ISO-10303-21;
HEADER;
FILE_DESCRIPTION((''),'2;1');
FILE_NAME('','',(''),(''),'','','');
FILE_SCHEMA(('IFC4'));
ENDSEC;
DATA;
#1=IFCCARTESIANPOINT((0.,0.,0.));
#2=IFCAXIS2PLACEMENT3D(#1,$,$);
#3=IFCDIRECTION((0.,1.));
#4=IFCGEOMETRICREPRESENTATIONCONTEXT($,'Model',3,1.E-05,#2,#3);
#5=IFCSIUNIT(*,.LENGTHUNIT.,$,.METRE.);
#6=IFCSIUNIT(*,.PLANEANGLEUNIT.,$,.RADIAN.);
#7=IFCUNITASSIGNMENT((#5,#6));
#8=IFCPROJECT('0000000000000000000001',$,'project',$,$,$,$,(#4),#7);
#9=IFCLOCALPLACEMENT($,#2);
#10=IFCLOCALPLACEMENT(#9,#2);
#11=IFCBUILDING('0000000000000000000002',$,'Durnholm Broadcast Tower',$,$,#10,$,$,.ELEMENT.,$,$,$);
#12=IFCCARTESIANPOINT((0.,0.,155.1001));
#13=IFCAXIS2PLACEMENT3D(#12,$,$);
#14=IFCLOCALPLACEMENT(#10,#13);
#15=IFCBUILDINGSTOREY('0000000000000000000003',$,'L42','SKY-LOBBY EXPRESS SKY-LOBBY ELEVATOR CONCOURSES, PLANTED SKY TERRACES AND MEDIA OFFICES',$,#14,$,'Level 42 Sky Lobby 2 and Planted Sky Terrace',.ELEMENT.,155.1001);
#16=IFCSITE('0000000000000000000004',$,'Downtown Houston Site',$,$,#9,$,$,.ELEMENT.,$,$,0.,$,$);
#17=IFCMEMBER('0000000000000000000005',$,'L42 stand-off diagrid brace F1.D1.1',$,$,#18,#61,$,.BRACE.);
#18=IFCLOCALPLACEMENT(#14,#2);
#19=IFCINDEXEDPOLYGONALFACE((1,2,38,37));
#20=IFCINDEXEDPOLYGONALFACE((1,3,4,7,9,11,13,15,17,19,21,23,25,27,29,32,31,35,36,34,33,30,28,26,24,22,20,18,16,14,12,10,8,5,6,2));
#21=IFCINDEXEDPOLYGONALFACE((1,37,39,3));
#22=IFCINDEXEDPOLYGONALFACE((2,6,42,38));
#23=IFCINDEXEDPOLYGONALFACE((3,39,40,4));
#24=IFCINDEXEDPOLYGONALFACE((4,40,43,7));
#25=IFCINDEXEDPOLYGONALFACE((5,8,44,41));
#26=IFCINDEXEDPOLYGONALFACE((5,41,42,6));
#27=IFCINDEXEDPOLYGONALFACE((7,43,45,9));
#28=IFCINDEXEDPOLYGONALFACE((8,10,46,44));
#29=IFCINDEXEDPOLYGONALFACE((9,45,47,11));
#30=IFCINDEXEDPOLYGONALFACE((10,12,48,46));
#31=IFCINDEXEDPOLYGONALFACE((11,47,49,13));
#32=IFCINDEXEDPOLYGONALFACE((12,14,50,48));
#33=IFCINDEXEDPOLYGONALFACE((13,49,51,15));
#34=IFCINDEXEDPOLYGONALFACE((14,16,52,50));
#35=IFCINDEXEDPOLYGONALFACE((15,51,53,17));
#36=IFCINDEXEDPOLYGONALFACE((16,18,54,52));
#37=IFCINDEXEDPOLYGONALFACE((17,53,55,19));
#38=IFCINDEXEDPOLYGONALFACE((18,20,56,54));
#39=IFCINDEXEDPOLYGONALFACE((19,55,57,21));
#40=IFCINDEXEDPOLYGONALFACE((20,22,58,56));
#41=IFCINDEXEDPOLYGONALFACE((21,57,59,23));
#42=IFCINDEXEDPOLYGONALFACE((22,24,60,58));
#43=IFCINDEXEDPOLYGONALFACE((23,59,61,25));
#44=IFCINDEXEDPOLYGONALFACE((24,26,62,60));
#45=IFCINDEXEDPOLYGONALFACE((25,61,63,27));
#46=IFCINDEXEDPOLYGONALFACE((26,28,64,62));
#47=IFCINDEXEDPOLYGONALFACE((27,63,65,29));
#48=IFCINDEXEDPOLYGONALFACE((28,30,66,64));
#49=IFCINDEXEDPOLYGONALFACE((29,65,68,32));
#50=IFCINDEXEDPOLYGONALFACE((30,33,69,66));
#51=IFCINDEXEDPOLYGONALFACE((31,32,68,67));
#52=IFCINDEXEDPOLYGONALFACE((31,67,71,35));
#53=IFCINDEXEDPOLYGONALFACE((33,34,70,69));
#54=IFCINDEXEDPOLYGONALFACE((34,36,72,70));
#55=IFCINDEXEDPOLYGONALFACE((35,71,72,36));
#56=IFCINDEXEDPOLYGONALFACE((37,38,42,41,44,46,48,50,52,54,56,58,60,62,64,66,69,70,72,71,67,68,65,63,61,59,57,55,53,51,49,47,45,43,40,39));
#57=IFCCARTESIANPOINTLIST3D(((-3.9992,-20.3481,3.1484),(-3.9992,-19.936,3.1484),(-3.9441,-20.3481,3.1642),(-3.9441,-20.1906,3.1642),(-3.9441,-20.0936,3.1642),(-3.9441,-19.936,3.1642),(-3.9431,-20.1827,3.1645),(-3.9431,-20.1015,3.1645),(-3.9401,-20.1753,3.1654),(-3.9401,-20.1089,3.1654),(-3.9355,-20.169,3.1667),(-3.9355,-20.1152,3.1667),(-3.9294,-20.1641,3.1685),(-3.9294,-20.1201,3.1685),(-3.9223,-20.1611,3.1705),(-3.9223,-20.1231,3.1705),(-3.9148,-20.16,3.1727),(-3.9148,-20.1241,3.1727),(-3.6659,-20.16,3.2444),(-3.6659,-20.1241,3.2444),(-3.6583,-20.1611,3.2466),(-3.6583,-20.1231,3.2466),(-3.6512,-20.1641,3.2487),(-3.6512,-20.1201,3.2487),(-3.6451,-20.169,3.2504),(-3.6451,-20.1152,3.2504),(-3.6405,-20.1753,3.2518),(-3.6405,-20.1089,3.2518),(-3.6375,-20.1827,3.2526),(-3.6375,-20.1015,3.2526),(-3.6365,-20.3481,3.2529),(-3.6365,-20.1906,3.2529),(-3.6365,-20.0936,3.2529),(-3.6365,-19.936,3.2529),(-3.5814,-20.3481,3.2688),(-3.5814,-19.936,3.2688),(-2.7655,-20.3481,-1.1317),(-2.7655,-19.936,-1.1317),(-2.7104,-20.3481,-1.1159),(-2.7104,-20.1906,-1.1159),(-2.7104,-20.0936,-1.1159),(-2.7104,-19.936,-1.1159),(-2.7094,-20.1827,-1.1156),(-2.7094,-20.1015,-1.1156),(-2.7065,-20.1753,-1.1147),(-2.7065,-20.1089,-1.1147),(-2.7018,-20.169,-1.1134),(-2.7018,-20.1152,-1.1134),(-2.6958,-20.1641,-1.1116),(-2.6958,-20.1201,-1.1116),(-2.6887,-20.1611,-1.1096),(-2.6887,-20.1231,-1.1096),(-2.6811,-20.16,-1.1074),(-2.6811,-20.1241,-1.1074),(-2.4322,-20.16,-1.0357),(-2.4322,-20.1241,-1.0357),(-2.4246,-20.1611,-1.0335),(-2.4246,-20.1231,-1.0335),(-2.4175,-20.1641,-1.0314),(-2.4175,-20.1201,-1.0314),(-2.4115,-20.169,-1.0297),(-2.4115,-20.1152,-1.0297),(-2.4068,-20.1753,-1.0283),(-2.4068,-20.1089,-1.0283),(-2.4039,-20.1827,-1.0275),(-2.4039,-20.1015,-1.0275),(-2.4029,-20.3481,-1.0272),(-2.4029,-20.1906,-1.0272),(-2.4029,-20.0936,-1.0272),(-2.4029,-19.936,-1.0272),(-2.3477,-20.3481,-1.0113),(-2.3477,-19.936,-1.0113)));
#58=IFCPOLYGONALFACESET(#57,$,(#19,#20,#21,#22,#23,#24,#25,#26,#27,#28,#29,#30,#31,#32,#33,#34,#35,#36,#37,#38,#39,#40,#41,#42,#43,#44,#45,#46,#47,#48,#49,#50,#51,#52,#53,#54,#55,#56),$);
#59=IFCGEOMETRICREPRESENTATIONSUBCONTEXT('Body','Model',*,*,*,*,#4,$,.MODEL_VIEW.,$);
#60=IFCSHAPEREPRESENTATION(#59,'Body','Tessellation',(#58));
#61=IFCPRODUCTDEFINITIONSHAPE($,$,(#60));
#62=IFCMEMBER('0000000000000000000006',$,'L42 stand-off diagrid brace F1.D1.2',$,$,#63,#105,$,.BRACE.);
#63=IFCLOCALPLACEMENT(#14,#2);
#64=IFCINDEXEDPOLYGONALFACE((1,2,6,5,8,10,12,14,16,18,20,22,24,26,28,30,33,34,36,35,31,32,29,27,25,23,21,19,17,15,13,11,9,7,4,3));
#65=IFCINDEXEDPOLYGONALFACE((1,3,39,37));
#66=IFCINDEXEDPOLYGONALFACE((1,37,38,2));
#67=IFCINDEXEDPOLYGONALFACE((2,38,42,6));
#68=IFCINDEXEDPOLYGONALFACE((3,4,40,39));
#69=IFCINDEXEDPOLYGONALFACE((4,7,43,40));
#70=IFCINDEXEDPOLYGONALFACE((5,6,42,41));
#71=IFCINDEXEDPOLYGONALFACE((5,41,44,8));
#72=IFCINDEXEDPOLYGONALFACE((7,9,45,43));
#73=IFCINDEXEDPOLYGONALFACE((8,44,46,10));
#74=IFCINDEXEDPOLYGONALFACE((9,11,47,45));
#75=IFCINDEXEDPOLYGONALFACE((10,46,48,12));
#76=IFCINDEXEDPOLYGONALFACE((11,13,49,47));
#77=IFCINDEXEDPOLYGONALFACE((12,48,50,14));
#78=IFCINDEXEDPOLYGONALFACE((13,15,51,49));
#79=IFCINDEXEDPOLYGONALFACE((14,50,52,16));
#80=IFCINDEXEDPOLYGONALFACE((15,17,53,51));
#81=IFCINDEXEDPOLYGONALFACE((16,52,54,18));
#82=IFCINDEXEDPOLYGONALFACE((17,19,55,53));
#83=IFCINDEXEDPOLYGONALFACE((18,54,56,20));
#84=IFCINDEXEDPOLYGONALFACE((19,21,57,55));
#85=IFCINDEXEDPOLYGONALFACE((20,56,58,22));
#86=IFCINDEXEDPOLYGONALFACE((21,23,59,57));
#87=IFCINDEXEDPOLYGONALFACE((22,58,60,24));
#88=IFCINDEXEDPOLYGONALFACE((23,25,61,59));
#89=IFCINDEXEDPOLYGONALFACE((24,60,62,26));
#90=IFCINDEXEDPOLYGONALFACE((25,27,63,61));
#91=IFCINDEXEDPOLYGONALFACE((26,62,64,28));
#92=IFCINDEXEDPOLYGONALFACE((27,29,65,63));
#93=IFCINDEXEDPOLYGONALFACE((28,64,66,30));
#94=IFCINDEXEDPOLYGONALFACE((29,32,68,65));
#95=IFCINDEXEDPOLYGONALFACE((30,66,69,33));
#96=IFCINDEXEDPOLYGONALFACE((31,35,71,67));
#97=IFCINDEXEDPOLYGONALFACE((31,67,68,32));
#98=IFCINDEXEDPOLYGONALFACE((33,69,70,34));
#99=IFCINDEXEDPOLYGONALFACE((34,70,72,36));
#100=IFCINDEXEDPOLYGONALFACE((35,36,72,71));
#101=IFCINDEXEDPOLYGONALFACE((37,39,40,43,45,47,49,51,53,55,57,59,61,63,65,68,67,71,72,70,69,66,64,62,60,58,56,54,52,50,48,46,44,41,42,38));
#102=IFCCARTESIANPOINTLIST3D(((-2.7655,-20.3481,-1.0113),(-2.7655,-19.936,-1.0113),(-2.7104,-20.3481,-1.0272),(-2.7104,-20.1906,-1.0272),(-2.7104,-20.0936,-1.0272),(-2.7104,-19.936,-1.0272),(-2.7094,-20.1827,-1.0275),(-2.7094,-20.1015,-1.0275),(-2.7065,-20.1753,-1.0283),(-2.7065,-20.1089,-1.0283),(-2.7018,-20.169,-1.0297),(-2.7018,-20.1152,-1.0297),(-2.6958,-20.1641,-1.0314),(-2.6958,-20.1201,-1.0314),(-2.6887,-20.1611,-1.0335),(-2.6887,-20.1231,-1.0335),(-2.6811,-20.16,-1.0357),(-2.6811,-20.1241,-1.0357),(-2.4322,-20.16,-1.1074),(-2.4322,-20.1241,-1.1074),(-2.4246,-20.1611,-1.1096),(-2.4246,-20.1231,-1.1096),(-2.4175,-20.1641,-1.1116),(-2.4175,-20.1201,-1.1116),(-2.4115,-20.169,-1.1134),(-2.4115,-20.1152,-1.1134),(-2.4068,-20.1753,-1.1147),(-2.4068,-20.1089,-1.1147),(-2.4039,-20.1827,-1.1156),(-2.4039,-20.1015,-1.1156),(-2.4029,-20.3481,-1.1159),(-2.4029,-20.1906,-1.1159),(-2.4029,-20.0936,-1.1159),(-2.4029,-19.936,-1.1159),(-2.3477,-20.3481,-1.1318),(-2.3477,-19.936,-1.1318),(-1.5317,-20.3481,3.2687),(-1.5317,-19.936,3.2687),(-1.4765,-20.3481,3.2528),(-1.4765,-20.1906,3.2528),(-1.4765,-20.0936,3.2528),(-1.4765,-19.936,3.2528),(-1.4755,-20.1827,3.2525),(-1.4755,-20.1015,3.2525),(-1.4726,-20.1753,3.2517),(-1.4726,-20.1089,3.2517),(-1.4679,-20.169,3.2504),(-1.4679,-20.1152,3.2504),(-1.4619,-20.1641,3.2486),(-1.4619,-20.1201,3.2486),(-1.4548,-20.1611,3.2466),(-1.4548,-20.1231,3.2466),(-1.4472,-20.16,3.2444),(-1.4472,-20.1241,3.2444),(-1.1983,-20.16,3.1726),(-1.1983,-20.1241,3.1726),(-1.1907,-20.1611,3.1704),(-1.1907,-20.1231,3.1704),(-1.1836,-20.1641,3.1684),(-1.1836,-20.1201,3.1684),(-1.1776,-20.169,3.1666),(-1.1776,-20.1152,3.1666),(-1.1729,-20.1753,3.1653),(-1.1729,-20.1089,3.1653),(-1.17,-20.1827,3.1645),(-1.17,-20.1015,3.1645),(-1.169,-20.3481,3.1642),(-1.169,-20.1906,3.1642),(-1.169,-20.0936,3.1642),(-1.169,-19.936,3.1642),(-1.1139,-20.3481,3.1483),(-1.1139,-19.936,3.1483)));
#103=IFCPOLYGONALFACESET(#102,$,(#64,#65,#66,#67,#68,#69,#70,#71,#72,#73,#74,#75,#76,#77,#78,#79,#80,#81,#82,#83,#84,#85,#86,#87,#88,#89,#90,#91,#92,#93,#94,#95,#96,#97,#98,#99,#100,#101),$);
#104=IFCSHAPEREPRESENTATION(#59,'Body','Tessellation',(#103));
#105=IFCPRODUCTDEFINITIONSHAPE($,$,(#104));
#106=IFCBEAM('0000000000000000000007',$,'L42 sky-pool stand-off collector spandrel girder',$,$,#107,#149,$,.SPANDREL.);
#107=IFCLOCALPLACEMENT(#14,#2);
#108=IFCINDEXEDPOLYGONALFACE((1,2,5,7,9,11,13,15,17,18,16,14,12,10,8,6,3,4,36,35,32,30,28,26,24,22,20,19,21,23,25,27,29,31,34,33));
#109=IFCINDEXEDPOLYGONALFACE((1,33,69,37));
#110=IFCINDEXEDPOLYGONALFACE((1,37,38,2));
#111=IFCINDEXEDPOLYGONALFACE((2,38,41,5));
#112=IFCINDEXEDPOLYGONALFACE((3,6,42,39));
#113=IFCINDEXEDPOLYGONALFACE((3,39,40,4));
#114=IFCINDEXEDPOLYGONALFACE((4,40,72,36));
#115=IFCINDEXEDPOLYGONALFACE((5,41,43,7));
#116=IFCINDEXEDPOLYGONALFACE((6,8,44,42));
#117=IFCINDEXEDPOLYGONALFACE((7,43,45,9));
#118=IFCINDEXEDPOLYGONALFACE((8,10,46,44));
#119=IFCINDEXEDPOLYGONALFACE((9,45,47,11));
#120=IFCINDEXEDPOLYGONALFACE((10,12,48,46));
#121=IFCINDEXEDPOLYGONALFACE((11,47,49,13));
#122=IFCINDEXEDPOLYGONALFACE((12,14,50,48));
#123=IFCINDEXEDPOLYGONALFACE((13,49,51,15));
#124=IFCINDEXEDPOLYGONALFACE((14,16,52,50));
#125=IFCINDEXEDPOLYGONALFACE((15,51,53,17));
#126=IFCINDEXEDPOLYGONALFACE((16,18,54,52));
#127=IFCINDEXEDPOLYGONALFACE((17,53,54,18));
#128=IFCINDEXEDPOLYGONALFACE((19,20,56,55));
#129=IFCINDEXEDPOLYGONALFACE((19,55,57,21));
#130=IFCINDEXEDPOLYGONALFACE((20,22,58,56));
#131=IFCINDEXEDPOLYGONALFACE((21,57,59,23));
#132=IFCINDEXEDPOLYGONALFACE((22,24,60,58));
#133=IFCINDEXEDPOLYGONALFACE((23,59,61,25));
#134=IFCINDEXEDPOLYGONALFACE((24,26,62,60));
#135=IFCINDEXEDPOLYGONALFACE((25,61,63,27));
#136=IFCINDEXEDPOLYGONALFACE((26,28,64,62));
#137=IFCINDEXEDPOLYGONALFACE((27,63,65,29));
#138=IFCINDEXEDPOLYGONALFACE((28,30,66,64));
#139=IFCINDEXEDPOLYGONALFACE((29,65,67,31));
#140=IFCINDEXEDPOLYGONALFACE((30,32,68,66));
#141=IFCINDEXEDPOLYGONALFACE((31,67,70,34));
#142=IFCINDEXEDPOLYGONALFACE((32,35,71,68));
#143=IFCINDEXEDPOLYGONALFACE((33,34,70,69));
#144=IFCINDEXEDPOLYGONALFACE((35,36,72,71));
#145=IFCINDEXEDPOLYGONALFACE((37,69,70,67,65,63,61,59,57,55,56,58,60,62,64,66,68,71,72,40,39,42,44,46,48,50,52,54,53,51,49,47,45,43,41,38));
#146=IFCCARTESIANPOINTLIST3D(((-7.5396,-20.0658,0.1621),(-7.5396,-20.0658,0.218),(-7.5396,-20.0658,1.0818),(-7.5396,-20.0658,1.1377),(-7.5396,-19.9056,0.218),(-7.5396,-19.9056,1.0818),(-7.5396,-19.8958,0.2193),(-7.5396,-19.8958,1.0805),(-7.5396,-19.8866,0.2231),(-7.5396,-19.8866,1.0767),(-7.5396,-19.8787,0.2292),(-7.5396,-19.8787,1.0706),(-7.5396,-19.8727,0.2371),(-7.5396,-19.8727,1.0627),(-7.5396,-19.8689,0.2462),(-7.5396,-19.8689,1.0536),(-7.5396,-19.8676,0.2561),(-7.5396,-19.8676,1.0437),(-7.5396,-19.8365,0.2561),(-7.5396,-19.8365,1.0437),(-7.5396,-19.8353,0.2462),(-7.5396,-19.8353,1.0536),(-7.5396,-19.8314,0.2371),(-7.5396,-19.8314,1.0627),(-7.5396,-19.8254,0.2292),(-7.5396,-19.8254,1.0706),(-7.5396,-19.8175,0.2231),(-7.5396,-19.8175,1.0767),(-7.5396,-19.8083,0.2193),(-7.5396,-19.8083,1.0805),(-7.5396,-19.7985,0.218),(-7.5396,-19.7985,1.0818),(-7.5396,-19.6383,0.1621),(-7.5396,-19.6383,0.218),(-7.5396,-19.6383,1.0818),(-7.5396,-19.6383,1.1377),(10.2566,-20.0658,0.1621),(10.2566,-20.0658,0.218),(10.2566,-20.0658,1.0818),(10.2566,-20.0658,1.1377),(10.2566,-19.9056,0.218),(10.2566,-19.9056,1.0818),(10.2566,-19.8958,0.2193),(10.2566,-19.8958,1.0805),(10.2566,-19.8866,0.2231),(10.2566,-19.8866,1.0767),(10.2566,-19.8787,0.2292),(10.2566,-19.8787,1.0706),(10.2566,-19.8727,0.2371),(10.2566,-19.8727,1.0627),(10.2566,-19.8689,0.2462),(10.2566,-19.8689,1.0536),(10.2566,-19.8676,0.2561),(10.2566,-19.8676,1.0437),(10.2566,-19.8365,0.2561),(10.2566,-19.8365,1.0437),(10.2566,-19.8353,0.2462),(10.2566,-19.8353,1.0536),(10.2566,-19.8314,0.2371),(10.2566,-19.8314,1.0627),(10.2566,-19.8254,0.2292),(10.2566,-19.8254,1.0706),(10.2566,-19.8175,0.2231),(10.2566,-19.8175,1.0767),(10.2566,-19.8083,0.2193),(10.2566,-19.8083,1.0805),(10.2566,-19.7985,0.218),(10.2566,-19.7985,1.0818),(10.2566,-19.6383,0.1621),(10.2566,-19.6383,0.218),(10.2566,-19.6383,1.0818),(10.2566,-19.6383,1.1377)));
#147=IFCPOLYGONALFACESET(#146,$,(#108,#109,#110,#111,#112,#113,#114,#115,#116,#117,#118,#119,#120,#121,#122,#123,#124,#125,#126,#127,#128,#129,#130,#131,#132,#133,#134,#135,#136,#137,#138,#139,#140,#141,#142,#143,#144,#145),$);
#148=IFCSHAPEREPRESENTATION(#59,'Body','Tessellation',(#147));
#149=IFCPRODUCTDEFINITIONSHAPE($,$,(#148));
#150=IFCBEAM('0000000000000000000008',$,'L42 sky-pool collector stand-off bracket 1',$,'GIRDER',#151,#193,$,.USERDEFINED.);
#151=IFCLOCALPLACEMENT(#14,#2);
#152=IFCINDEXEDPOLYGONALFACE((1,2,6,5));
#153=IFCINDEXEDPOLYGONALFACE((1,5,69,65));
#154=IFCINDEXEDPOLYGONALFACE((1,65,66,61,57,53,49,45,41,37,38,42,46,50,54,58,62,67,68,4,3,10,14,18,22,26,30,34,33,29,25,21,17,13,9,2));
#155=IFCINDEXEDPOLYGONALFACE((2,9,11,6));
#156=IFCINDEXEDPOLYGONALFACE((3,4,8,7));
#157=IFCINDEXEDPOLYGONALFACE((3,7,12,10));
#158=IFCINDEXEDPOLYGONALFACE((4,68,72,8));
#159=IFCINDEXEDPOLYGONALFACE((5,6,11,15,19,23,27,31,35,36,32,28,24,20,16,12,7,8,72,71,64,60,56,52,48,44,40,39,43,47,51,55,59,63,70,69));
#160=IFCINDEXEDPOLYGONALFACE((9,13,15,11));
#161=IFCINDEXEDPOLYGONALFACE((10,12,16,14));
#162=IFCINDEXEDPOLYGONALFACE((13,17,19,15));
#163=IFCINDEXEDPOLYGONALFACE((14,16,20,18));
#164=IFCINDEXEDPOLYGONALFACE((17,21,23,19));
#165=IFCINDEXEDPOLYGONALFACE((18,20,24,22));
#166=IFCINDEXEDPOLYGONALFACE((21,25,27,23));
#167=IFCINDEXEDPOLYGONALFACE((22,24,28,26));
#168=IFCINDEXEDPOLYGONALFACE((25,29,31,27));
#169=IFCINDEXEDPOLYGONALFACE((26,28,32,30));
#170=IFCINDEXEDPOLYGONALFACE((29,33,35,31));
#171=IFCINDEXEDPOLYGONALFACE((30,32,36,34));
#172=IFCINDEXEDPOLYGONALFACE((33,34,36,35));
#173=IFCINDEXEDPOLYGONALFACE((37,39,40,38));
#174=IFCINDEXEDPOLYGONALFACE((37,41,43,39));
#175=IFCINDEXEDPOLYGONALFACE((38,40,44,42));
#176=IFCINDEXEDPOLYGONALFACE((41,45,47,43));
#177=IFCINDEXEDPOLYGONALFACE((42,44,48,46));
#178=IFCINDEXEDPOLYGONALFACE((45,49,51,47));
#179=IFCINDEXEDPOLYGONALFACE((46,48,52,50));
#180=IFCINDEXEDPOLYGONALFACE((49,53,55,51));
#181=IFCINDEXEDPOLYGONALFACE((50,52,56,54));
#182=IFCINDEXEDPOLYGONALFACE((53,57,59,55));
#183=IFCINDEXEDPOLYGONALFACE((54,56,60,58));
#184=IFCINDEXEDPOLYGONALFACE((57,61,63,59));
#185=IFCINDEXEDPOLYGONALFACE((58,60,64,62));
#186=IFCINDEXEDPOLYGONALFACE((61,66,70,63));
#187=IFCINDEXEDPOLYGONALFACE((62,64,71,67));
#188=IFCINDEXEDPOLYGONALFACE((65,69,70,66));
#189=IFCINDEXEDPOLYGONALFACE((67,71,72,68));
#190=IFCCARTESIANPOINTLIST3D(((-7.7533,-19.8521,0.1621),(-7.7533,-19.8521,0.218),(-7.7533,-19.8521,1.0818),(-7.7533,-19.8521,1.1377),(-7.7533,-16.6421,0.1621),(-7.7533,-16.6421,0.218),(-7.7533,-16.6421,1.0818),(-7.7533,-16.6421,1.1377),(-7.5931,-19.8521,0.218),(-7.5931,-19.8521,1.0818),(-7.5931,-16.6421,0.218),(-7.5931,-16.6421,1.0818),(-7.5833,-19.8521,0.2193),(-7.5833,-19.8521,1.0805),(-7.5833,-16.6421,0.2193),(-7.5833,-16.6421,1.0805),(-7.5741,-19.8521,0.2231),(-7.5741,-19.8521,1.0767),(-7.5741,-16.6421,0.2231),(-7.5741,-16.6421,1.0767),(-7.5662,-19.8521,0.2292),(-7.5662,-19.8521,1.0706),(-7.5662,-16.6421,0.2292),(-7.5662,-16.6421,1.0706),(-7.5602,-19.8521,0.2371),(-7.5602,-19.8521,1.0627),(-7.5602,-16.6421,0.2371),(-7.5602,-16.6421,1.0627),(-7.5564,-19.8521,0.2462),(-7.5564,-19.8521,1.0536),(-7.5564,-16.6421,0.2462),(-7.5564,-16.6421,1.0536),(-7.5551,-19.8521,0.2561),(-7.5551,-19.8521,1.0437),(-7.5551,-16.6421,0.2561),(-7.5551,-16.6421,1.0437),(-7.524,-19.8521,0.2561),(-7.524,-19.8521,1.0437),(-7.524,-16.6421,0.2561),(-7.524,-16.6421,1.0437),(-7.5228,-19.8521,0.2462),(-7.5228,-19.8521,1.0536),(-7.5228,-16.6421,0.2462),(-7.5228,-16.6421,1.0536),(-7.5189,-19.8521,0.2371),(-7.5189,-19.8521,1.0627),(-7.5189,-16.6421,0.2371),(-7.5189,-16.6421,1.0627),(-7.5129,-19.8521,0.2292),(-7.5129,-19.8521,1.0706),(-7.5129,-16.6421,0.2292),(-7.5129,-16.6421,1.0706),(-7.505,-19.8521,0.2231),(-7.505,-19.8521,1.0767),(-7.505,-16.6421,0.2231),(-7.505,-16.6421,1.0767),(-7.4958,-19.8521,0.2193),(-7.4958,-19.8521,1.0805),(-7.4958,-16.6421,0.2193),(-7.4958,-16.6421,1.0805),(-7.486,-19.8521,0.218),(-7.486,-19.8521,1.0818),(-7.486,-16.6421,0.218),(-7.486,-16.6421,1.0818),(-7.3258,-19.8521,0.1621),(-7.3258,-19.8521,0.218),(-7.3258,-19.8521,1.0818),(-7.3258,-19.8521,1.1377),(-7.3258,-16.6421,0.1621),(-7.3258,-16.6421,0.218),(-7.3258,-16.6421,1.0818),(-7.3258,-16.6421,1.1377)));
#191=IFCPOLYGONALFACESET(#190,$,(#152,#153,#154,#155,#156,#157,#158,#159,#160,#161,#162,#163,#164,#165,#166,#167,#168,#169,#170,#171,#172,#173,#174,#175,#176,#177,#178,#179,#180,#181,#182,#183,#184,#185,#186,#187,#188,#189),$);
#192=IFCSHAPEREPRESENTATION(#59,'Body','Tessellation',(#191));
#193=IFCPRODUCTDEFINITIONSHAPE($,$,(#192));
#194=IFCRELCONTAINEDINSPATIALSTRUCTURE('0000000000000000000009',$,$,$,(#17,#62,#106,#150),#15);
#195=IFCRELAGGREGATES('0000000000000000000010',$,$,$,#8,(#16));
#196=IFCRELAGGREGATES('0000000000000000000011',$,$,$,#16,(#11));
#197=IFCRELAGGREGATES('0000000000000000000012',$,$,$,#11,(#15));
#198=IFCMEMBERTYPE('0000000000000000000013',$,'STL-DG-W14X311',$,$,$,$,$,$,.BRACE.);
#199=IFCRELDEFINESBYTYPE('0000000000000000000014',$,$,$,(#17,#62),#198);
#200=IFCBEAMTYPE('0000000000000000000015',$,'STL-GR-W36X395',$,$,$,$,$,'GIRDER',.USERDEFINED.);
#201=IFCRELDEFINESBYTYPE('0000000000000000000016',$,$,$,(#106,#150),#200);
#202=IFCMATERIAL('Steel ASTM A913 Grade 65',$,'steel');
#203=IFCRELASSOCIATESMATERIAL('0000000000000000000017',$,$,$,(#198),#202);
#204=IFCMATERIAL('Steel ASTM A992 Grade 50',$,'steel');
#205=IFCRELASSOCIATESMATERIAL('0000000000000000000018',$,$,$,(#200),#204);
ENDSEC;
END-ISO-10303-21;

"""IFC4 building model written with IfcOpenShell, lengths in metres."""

from ifc_helpers import new_model, si_unit, direction, frame, origin, origin_2d, place, context, subcontext, project, spatial, i_section, extrude, source, transform, mapped, material, material_profile, profile_set, type_object, type_shapes, element, save


model = new_model("IFC4")

# Units and contexts
model_context = context("Model", 3, precision=1e-05, world=origin(), true_north=direction((0.0, 1.0)))
body_context = subcontext(model_context, "Body", "Model", "MODEL_VIEW")
ifc_project = project(units=[si_unit("LENGTHUNIT", "METRE"), si_unit("PLANEANGLEUNIT", "RADIAN")], contexts=[model_context])

# Site, building, storey
site_placement = place(None, origin())
site = spatial("IfcSite", under=ifc_project, at=site_placement, Name="Downtown Houston Site", CompositionType="ELEMENT", RefElevation=0.0)
building_placement = place(site_placement, origin())
building = spatial("IfcBuilding", under=site, at=building_placement, Name="Durnholm Broadcast Tower", CompositionType="ELEMENT")
storey_placement = place(building_placement, frame((0.0, 0.0, 155.1001)))
storey = spatial("IfcBuildingStorey", under=building, at=storey_placement, Name="L42", Description="SKY-LOBBY EXPRESS SKY-LOBBY ELEVATOR CONCOURSES, PLANTED SKY TERRACES AND MEDIA OFFICES", LongName="Level 42 Sky Lobby 2 and Planted Sky Terrace", CompositionType="ELEMENT", Elevation=155.1001)

# Shared definitions
ifc_material_1 = material(Name="Steel ASTM A992 Grade 50", Category="steel")

# Members
ifc_material_2 = material(Name="Steel ASTM A913 Grade 65", Category="steel")
ifc_material_profile_1 = material_profile(ifc_material_2, i_section(OverallWidth=0.4121, OverallDepth=0.4348, WebThickness=0.0359, FlangeThickness=0.0574, FilletRadius=0.0305, at=origin_2d()), Name="W14X311")
ifc_profile_set_1 = profile_set([ifc_material_profile_1], Name="Steel ASTM A913 Grade 65")
member_type_1 = type_object("IfcMemberType", Name="STL-DG-W14X311", PredefinedType="BRACE", material=ifc_profile_set_1)
shared_shape_1 = source(origin(), body_context, "Body", "SweptSolid", [
    extrude(i_section(OverallWidth=0.4121, OverallDepth=0.4348, WebThickness=0.0359, FlangeThickness=0.0574, FilletRadius=0.0305, at=origin_2d()), origin(), (0.0, 0.0, 1.0), 4.4543),
])
type_shapes(member_type_1, [shared_shape_1])
for number, where, z_axis, x_axis, name in (
    (1, (-2.5566, -20.1421, -1.0715), (-0.276957, 0.0, 0.960882), (0.0, -1.0, 0.0), "L42 stand-off diagrid brace F1.D1.1"),
    (2, (-2.5566, -20.1421, -1.0715), (0.277008, 0.0, 0.960868), (0.0, 1.0, 0.0), "L42 stand-off diagrid brace F1.D1.2"),
):
    element("IfcMember", number, at=place(storey_placement, frame(where, z_axis=z_axis, x_axis=x_axis)), inside=storey, type_object=member_type_1, Name=name, PredefinedType="BRACE", context=body_context, shape_type="MappedRepresentation", body=[
        mapped(shared_shape_1, transform((0.0, 0.0, 0.0), x_axis=(1.0, 0.0, 0.0), y_axis=(0.0, 1.0, 0.0), z_axis=(0.0, 0.0, 1.0), scale=1.0)),
    ])

# Beams
ifc_material_profile_2 = material_profile(ifc_material_1, i_section(OverallWidth=0.4275, OverallDepth=0.9756, WebThickness=0.031, FlangeThickness=0.0559, FilletRadius=0.0381, at=origin_2d()), Name="W36X395")
ifc_profile_set_2 = profile_set([ifc_material_profile_2], Name="Steel ASTM A992 Grade 50")
beam_type_1 = type_object("IfcBeamType", Name="STL-GR-W36X395", ElementType="GIRDER", PredefinedType="USERDEFINED", material=ifc_profile_set_2)
shared_shape_2 = source(origin(), body_context, "Body", "SweptSolid", [
    extrude(i_section(OverallWidth=0.4275, OverallDepth=0.9756, WebThickness=0.031, FlangeThickness=0.0559, FilletRadius=0.0381, at=origin_2d()), origin(), (0.0, 0.0, 1.0), 17.7961),
])
beam_1_placement = place(storey_placement, frame((-7.5396, -19.8521, 0.6499), z_axis=(1.0, 0.0, 0.0), x_axis=(0.0, 1.0, 0.0)))
element("IfcBeam", 3, at=beam_1_placement, inside=storey, type_object=beam_type_1, Name="L42 sky-pool stand-off collector spandrel girder", PredefinedType="SPANDREL", context=body_context, shape_type="MappedRepresentation", body=[
    mapped(shared_shape_2, transform((0.0, 0.0, 0.0), x_axis=(1.0, 0.0, 0.0), y_axis=(0.0, 1.0, 0.0), z_axis=(0.0, 0.0, 1.0), scale=1.0)),
])
shared_shape_3 = source(origin(), body_context, "Body", "SweptSolid", [
    extrude(i_section(OverallWidth=0.4275, OverallDepth=0.9756, WebThickness=0.031, FlangeThickness=0.0559, FilletRadius=0.0381, at=origin_2d()), origin(), (0.0, 0.0, 1.0), 3.21),
])
type_shapes(beam_type_1, [shared_shape_2, shared_shape_3])
beam_2_placement = place(storey_placement, frame((-7.5396, -16.6421, 0.6499), z_axis=(0.0, -1.0, 0.0), x_axis=(1.0, 0.0, 0.0)))
element("IfcBeam", 4, at=beam_2_placement, inside=storey, type_object=beam_type_1, Name="L42 sky-pool collector stand-off bracket 1", ObjectType="GIRDER", PredefinedType="USERDEFINED", context=body_context, shape_type="MappedRepresentation", body=[
    mapped(shared_shape_3, transform((0.0, 0.0, 0.0), x_axis=(1.0, 0.0, 0.0), y_axis=(0.0, 1.0, 0.0), z_axis=(0.0, 0.0, 1.0), scale=1.0)),
])

save(model, "model.ifc")
